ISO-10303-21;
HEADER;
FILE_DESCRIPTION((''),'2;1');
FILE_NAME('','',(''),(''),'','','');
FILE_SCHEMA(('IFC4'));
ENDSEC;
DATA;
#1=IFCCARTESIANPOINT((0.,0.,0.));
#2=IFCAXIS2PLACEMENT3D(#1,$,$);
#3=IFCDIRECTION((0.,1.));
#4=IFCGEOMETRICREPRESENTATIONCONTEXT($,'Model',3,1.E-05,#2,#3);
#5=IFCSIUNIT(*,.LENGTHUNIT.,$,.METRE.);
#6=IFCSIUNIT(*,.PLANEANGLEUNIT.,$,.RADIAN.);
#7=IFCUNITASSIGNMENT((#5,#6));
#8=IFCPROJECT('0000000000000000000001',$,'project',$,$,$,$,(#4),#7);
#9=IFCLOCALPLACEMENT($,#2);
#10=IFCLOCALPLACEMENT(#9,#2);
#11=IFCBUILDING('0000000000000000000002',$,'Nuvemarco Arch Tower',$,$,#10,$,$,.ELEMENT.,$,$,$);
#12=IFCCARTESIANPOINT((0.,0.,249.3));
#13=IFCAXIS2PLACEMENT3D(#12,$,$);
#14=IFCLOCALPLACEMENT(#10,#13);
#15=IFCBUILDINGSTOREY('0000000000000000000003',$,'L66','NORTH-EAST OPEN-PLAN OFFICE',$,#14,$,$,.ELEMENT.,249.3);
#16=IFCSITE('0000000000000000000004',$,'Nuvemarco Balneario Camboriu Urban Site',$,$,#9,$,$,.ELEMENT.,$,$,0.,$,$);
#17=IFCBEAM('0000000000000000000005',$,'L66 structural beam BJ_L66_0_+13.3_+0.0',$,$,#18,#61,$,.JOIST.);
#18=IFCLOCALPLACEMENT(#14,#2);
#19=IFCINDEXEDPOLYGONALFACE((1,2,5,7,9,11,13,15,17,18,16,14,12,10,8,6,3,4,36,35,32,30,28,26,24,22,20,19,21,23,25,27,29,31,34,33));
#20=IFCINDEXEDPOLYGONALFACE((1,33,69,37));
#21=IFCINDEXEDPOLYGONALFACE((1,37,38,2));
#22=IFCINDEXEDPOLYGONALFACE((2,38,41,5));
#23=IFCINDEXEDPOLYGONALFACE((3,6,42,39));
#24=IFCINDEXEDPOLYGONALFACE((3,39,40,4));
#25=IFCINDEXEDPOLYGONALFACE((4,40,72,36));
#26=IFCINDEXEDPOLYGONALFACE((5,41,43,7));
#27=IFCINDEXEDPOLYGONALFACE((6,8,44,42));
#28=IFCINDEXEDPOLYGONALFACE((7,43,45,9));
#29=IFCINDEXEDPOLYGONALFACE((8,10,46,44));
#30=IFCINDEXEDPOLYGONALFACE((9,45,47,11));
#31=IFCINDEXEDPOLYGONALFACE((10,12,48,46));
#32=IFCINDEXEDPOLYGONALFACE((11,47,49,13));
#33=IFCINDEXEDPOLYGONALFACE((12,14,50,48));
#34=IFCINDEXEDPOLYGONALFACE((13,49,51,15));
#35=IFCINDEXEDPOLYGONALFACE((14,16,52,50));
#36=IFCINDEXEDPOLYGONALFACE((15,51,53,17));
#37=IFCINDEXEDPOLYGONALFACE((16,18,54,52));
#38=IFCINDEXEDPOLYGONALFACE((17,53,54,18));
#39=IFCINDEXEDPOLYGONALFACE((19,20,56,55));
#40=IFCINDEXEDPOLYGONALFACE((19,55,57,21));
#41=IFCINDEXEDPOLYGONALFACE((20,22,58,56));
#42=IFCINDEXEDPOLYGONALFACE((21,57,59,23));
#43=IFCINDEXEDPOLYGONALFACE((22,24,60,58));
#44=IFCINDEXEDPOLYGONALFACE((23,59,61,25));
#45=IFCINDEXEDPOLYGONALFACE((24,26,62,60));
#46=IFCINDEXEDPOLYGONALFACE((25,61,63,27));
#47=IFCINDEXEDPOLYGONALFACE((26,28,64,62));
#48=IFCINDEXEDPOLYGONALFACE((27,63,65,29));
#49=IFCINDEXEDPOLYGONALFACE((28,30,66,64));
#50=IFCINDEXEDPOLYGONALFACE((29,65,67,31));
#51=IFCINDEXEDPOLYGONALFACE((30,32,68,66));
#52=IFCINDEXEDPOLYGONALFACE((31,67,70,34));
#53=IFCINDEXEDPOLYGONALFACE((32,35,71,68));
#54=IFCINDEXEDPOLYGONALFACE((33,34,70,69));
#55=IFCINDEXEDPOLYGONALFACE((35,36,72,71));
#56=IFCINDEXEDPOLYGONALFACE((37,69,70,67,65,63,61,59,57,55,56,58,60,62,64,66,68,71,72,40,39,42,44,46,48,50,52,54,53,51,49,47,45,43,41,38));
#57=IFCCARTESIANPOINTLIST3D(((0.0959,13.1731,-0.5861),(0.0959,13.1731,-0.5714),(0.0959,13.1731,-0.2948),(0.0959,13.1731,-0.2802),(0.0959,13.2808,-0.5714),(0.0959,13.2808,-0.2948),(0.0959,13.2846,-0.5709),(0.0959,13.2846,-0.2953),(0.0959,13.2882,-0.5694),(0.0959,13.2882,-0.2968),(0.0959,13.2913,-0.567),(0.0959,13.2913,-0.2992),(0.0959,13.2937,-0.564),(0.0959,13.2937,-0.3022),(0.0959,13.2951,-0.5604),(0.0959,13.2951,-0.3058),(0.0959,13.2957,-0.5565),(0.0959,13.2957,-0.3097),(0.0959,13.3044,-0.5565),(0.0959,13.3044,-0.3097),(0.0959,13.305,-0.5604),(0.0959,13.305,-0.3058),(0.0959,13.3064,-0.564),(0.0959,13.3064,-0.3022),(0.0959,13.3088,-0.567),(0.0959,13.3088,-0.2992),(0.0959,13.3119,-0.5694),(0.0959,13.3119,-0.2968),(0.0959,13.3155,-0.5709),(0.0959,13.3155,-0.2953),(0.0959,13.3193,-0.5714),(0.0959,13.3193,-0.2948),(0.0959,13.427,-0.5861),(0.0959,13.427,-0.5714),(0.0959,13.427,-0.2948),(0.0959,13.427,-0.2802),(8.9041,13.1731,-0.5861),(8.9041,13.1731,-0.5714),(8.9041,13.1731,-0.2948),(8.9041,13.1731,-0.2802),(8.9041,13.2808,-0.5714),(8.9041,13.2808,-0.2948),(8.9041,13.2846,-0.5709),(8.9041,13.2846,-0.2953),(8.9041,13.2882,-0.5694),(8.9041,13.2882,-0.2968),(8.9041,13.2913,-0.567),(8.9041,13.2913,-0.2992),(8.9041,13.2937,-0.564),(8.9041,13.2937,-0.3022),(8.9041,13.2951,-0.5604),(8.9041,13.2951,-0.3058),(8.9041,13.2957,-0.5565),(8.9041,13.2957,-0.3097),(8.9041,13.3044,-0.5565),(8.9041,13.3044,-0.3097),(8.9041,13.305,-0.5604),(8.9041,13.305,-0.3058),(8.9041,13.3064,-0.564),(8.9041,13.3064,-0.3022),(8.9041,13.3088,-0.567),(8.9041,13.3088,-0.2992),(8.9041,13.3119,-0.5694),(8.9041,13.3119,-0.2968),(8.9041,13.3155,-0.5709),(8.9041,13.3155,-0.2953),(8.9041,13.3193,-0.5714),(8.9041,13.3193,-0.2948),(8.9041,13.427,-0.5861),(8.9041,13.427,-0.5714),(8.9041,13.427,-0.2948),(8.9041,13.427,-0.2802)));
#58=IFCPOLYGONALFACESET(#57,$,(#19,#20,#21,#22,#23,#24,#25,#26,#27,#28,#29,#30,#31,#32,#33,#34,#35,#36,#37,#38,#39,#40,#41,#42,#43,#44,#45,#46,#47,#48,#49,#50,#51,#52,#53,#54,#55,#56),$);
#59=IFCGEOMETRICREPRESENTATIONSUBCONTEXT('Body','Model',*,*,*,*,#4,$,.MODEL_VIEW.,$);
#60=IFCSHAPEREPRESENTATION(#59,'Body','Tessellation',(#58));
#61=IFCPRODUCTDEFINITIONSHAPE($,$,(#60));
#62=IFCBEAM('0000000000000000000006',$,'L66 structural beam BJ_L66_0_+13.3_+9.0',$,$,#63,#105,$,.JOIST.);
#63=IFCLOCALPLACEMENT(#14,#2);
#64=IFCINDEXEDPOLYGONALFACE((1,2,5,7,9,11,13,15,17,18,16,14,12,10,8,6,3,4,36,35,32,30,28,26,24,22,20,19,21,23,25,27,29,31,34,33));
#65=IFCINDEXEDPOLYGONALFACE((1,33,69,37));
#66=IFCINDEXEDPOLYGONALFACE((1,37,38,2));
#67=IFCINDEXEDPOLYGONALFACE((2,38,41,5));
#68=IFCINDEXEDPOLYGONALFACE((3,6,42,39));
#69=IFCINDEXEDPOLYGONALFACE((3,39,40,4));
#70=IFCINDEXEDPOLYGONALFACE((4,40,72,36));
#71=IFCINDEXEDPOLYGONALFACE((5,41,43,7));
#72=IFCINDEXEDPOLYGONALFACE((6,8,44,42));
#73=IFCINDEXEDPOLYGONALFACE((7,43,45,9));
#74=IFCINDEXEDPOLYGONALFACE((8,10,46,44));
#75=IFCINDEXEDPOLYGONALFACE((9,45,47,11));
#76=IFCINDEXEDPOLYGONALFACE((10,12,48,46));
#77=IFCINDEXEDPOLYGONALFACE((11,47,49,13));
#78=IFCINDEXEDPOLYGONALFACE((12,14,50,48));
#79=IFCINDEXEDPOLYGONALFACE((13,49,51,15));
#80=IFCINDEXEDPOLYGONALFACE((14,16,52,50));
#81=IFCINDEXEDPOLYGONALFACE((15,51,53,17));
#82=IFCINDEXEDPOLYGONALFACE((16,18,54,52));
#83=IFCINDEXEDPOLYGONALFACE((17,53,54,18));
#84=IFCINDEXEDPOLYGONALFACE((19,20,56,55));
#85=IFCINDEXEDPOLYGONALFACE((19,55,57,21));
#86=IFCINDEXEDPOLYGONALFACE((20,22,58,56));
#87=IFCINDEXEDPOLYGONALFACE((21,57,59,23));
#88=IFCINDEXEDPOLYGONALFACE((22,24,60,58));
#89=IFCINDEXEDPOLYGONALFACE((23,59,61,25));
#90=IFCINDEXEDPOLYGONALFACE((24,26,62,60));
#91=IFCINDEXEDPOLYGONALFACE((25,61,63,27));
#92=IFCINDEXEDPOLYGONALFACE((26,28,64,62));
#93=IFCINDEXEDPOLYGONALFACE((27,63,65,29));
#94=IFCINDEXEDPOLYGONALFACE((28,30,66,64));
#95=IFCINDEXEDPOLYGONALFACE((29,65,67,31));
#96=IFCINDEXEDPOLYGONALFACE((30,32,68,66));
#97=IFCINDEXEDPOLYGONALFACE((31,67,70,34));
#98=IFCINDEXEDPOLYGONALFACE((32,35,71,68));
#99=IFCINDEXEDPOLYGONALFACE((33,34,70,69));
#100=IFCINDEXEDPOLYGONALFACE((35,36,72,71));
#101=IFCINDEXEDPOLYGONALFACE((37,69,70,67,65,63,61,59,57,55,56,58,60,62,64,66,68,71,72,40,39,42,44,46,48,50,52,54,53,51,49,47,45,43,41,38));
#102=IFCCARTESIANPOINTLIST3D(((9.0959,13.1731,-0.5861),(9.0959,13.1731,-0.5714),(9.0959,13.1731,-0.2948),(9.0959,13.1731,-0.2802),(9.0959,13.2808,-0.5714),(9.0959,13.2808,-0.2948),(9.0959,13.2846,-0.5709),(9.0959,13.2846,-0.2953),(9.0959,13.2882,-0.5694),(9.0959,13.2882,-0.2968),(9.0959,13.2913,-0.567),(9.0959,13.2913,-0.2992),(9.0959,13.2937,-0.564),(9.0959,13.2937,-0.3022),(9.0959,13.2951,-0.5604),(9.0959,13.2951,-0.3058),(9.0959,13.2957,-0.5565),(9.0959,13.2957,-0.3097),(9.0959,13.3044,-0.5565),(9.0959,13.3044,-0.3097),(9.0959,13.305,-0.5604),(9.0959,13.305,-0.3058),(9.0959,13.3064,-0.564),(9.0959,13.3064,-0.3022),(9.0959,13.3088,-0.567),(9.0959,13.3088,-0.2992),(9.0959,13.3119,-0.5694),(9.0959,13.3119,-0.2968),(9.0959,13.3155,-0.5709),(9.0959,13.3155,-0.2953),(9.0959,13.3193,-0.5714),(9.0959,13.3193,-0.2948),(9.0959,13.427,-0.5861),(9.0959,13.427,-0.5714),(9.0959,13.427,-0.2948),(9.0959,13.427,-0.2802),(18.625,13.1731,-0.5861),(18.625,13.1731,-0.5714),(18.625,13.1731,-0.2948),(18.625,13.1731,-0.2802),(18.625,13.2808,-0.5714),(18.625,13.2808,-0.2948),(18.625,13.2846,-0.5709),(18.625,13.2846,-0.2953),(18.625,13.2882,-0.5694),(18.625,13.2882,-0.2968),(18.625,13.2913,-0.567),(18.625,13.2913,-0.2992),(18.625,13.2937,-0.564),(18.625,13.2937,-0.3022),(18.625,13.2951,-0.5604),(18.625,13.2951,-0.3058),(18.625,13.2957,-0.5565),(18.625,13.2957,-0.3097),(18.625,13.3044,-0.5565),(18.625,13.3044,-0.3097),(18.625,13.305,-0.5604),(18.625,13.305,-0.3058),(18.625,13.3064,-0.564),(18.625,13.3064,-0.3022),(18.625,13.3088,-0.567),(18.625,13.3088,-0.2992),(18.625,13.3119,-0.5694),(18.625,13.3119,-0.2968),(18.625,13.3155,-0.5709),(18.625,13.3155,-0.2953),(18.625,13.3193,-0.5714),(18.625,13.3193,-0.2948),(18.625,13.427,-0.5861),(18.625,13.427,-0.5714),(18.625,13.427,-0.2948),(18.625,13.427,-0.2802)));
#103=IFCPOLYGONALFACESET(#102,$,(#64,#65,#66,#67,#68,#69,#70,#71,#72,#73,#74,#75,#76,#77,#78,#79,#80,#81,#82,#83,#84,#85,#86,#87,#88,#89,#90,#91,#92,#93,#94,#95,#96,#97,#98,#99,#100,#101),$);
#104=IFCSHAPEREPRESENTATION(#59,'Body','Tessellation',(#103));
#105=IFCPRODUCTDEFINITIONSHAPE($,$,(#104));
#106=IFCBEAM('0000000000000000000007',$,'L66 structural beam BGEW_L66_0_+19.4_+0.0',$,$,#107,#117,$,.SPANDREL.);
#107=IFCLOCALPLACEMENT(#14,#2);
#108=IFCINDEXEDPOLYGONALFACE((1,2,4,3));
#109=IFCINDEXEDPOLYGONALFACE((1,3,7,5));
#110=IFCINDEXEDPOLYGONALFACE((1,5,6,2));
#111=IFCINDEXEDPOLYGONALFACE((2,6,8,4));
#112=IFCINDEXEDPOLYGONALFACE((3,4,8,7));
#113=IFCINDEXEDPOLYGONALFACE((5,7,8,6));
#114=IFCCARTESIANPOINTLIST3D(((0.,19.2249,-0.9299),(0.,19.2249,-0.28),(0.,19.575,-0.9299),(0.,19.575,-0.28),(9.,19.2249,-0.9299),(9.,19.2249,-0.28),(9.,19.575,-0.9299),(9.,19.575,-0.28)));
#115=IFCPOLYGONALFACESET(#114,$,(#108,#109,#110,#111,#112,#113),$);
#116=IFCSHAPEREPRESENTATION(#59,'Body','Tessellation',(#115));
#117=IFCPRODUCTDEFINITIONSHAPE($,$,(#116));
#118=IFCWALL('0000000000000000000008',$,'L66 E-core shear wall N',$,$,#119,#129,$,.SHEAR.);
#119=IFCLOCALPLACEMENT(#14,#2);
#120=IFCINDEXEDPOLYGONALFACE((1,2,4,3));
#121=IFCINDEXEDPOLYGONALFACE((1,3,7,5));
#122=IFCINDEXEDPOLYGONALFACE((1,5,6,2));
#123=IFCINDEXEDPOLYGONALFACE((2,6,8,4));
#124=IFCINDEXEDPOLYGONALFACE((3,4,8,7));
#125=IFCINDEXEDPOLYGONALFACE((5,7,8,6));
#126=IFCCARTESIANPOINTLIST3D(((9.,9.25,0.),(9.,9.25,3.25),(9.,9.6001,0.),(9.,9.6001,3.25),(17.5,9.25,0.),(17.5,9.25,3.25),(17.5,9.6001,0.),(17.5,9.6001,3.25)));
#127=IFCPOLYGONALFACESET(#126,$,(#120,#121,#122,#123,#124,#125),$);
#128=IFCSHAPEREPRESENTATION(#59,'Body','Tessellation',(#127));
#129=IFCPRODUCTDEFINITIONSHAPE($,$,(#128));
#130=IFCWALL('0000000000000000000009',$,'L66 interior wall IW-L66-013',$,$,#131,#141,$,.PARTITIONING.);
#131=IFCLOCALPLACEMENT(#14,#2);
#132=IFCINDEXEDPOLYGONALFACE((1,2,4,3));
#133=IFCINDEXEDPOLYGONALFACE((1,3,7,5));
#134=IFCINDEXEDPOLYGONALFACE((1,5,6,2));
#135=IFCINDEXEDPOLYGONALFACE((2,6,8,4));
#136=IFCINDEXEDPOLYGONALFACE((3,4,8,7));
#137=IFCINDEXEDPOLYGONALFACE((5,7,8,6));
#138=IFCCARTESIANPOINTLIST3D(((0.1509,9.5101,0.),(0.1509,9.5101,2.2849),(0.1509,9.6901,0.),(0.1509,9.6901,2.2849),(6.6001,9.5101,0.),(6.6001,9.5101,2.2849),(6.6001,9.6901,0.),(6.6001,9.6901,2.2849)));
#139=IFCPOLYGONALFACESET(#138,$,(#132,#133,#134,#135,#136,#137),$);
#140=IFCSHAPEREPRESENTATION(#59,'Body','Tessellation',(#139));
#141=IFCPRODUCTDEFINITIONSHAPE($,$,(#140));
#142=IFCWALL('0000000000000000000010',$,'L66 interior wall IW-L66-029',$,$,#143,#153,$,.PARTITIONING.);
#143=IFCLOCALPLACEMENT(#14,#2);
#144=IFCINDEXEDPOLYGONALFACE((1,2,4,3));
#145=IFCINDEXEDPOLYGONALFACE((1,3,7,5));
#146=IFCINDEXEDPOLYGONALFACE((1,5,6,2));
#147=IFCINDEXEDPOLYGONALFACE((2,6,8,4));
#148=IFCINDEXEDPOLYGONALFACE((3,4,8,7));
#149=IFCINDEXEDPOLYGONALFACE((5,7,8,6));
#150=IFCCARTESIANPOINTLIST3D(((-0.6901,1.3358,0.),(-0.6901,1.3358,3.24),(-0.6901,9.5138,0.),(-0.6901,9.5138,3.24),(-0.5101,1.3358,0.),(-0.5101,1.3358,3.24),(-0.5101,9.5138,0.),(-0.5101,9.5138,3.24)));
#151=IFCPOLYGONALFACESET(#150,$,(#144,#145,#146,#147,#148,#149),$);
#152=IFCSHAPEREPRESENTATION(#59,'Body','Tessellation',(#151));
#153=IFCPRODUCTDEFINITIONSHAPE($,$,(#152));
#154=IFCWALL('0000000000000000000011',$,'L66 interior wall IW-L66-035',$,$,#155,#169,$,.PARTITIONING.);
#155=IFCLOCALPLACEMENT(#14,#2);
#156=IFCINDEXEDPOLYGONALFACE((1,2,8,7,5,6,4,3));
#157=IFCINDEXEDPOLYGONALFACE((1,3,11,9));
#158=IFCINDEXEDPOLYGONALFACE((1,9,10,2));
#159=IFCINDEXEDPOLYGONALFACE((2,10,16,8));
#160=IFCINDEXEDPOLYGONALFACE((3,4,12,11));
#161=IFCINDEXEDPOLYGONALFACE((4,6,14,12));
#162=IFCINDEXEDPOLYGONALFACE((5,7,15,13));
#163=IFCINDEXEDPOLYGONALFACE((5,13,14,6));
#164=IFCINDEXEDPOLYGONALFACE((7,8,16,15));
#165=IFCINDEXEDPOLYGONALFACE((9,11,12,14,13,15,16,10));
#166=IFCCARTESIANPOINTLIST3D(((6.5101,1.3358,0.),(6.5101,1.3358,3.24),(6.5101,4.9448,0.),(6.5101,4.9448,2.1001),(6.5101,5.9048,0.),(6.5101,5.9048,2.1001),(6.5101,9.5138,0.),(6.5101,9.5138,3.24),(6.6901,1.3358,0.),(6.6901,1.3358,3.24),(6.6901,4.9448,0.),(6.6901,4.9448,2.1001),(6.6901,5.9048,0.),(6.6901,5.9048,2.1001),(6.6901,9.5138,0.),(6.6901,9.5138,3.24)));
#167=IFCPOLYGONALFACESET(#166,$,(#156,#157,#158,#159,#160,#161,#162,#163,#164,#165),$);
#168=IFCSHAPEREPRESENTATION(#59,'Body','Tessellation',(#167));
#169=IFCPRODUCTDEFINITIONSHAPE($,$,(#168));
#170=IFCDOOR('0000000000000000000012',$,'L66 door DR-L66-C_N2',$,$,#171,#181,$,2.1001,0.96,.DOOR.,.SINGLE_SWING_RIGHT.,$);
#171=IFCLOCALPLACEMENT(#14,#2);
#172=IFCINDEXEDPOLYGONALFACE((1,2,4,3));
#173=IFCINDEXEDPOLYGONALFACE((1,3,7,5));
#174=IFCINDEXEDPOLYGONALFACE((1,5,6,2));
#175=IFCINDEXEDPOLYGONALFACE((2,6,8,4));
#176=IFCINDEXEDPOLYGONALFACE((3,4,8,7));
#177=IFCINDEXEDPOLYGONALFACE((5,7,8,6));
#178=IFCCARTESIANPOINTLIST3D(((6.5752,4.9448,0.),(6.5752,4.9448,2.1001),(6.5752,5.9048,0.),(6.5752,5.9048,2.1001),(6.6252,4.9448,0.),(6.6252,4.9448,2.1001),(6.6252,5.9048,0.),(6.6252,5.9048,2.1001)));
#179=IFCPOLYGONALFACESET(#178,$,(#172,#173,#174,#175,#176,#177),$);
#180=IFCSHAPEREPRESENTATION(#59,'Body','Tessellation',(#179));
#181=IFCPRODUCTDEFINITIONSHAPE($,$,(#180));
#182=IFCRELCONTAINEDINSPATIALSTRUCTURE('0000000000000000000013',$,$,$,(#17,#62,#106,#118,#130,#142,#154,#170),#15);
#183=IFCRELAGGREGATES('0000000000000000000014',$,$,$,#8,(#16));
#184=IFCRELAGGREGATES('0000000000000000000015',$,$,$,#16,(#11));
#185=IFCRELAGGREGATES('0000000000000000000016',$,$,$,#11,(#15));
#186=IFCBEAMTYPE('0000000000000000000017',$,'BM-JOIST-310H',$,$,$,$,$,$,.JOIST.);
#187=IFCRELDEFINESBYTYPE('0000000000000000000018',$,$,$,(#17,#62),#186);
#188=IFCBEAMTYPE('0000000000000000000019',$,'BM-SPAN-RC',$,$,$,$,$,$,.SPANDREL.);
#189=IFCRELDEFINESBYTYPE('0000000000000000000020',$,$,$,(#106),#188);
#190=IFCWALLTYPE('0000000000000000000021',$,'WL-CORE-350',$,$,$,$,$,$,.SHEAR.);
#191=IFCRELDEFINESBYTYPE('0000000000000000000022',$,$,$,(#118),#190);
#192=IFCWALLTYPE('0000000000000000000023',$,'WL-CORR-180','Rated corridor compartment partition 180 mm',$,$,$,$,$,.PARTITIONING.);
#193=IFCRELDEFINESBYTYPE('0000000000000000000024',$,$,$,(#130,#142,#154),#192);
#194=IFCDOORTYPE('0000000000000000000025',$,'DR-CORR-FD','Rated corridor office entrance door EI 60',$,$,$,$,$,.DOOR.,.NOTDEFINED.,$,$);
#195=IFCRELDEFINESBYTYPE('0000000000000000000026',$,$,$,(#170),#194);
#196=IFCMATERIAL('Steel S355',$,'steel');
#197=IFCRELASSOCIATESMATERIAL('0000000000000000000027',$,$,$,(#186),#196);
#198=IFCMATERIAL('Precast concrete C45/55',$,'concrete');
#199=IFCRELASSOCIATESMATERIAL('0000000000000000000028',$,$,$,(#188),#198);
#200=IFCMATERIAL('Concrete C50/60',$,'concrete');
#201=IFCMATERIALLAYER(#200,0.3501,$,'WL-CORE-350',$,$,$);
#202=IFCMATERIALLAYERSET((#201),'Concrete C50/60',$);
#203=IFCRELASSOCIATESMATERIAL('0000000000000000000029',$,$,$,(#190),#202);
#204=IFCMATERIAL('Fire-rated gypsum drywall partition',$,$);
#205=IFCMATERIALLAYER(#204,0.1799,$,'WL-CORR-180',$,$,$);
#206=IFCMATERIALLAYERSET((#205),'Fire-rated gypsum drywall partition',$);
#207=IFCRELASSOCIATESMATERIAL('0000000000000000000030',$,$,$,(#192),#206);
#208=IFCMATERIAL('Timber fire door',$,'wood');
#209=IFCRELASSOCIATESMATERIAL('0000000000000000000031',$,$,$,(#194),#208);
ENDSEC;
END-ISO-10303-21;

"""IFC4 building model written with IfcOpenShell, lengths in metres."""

from ifc_helpers import new_model, si_unit, direction, frame, frame_2d, origin, origin_2d, place, context, subcontext, project, spatial, rectangle, i_section, extrude, source, transform, mapped, material, layer, layer_set, material_profile, profile_set, type_object, type_shapes, element, fill, save


model = new_model("IFC4")

# Units and contexts
model_context = context("Model", 3, precision=1e-05, world=origin(), true_north=direction((0.0, 1.0)))
body_context = subcontext(model_context, "Body", "Model", "MODEL_VIEW")
ifc_project = project(units=[si_unit("LENGTHUNIT", "METRE"), si_unit("PLANEANGLEUNIT", "RADIAN")], contexts=[model_context])

# Site, building, storey
site_placement = place(None, origin())
site = spatial("IfcSite", under=ifc_project, at=site_placement, Name="Nuvemarco Balneario Camboriu Urban Site", CompositionType="ELEMENT", RefElevation=0.0)
building_placement = place(site_placement, origin())
building = spatial("IfcBuilding", under=site, at=building_placement, Name="Nuvemarco Arch Tower", CompositionType="ELEMENT")
storey_placement = place(building_placement, frame((0.0, 0.0, 249.3)))
storey = spatial("IfcBuildingStorey", under=building, at=storey_placement, Name="L66", Description="NORTH-EAST OPEN-PLAN OFFICE", CompositionType="ELEMENT", Elevation=249.3)

# Shared definitions
ifc_material_1 = material(Name="Concrete C50/60", Category="concrete")
ifc_material_2 = material(Name="Steel S355", Category="steel")

# Beams
ifc_material_profile_1 = material_profile(ifc_material_2, i_section(OverallWidth=0.2539, OverallDepth=0.3059, WebThickness=0.0088, FlangeThickness=0.0146, FilletRadius=0.0149, at=origin_2d()), Name="W310x79")
ifc_profile_set_1 = profile_set([ifc_material_profile_1], Name="Steel S355")
beam_type_1 = type_object("IfcBeamType", Name="BM-JOIST-310H", PredefinedType="JOIST", material=ifc_profile_set_1)
beam_1_placement = place(storey_placement, frame((0.0959, 13.3, -0.4331), z_axis=(1.0, 0.0, 0.0), x_axis=(0.0, 1.0, 0.0)))
element("IfcBeam", 1, at=beam_1_placement, inside=storey, type_object=beam_type_1, Name="L66 structural beam BJ_L66_0_+13.3_+0.0", PredefinedType="JOIST", context=body_context, shape_type="SweptSolid", body=[
    extrude(i_section(OverallWidth=0.2539, OverallDepth=0.3059, WebThickness=0.0088, FlangeThickness=0.0146, FilletRadius=0.0149, at=origin_2d()), origin(), (0.0, 0.0, 1.0), 8.8081),
])
beam_2_placement = place(storey_placement, frame((9.0959, 13.3, -0.4331), z_axis=(1.0, 0.0, 0.0), x_axis=(0.0, 1.0, 0.0)))
element("IfcBeam", 2, at=beam_2_placement, inside=storey, type_object=beam_type_1, Name="L66 structural beam BJ_L66_0_+13.3_+9.0", PredefinedType="JOIST", context=body_context, shape_type="SweptSolid", body=[
    extrude(i_section(OverallWidth=0.2539, OverallDepth=0.3059, WebThickness=0.0088, FlangeThickness=0.0146, FilletRadius=0.0149, at=origin_2d()), origin(), (0.0, 0.0, 1.0), 9.5291),
])
ifc_material_3 = material(Name="Precast concrete C45/55", Category="concrete")
ifc_material_profile_2 = material_profile(ifc_material_3, rectangle(XDim=0.3501, YDim=0.6499, at=origin_2d()), Name="PC-SP-350x650")
ifc_profile_set_2 = profile_set([ifc_material_profile_2], Name="Precast concrete C45/55")
beam_type_2 = type_object("IfcBeamType", Name="BM-SPAN-RC", PredefinedType="SPANDREL", material=ifc_profile_set_2)
beam_3_placement = place(storey_placement, frame((0.0, 19.3999, -0.605), z_axis=(1.0, 0.0, 0.0), x_axis=(0.0, 1.0, 0.0)))
element("IfcBeam", 3, at=beam_3_placement, inside=storey, type_object=beam_type_2, Name="L66 structural beam BGEW_L66_0_+19.4_+0.0", PredefinedType="SPANDREL", context=body_context, shape_type="SweptSolid", body=[
    extrude(rectangle(XDim=0.3501, YDim=0.6499, at=origin_2d()), origin(), (0.0, 0.0, 1.0), 9.0),
])

# Walls
ifc_layer_1 = layer(ifc_material_1, 0.3501, Name="WL-CORE-350")
ifc_layer_set_1 = layer_set([ifc_layer_1], Name="Concrete C50/60")
wall_type_1 = type_object("IfcWallType", Name="WL-CORE-350", PredefinedType="SHEAR", material=ifc_layer_set_1)
wall_1_placement = place(storey_placement, frame((9.0, 9.425, 0.0), z_axis=(0.0, 0.0, 1.0), x_axis=(1.0, 0.0, 0.0)))
element("IfcWall", 4, at=wall_1_placement, inside=storey, type_object=wall_type_1, Name="L66 E-core shear wall N", PredefinedType="SHEAR", context=body_context, shape_type="SweptSolid", body=[
    extrude(rectangle(XDim=8.5, YDim=0.3501, at=frame_2d((4.25, 0.0))), origin(), (0.0, 0.0, 1.0), 3.25),
])
ifc_material_4 = material(Name="Fire-rated gypsum drywall partition")
ifc_layer_2 = layer(ifc_material_4, 0.1799, Name="WL-CORR-180")
ifc_layer_set_2 = layer_set([ifc_layer_2], Name="Fire-rated gypsum drywall partition")
wall_type_2 = type_object("IfcWallType", Name="WL-CORR-180", Description="Rated corridor compartment partition 180 mm", PredefinedType="PARTITIONING", material=ifc_layer_set_2)
wall_2_placement = place(storey_placement, frame((0.1509, 9.6001, 0.0), z_axis=(0.0, 0.0, 1.0), x_axis=(1.0, 0.0, 0.0)))
element("IfcWall", 5, at=wall_2_placement, inside=storey, type_object=wall_type_2, Name="L66 interior wall IW-L66-013", PredefinedType="PARTITIONING", context=body_context, shape_type="SweptSolid", body=[
    extrude(rectangle(XDim=6.4492, YDim=0.1799, at=frame_2d((3.2246, 0.0))), origin(), (0.0, 0.0, 1.0), 2.2849),
])
wall_3_placement = place(storey_placement, frame((-0.6001, 1.3359, 0.0), z_axis=(0.0, 0.0, 1.0), x_axis=(0.0, 1.0, 0.0)))
element("IfcWall", 6, at=wall_3_placement, inside=storey, type_object=wall_type_2, Name="L66 interior wall IW-L66-029", PredefinedType="PARTITIONING", context=body_context, shape_type="SweptSolid", body=[
    extrude(rectangle(XDim=8.178, YDim=0.1799, at=frame_2d((4.0889, 0.0))), origin(), (0.0, 0.0, 1.0), 3.24),
])

# Wall, opening, door
wall_4_placement = place(storey_placement, frame((6.6001, 1.3359, 0.0), z_axis=(0.0, 0.0, 1.0), x_axis=(0.0, 1.0, 0.0)))
wall_4 = element("IfcWall", 7, at=wall_4_placement, inside=storey, type_object=wall_type_2, Name="L66 interior wall IW-L66-035", PredefinedType="PARTITIONING", context=body_context, shape_type="SweptSolid", body=[
    extrude(rectangle(XDim=8.178, YDim=0.1799, at=frame_2d((4.0889, 0.0))), origin(), (0.0, 0.0, 1.0), 3.24),
])
opening_placement = place(wall_4_placement, frame((3.6089, 0.0, 0.0)))
opening = element("IfcOpeningElement", 8, at=opening_placement, cuts=wall_4, PredefinedType="OPENING", context=body_context, shape_type="SweptSolid", body=[
    extrude(rectangle(XDim=0.96, YDim=2.1001, at=frame_2d((0.48, 1.05))), frame((0.0, 0.0999, 0.0), z_axis=(0.0, -1.0, 0.0), x_axis=(1.0, 0.0, 0.0)), (0.0, 0.0, 1.0), 0.2),
])
ifc_material_5 = material(Name="Timber fire door", Category="wood")
door_type = type_object("IfcDoorType", Name="DR-CORR-FD", Description="Rated corridor office entrance door EI 60", OperationType="NOTDEFINED", PredefinedType="DOOR", material=ifc_material_5)
shared_shape_1 = source(origin(), body_context, "Body", "SweptSolid", [
    extrude(rectangle(XDim=0.96, YDim=2.1001, at=frame_2d((0.48, 1.05))), frame((0.0, 0.0249, 0.0), z_axis=(0.0, -1.0, 0.0), x_axis=(1.0, 0.0, 0.0)), (0.0, 0.0, 1.0), 0.05),
])
type_shapes(door_type, [shared_shape_1])
door_placement = place(opening_placement, origin())
door = element("IfcDoor", 9, at=door_placement, inside=storey, type_object=door_type, Name="L66 door DR-L66-C_N2", OperationType="SINGLE_SWING_RIGHT", OverallHeight=2.1001, OverallWidth=0.96, PredefinedType="DOOR", context=body_context, shape_type="MappedRepresentation", body=[
    mapped(shared_shape_1, transform((0.0, 0.0, 0.0), scale=1.0)),
])
fill(opening, door)

save(model, "model.ifc")
